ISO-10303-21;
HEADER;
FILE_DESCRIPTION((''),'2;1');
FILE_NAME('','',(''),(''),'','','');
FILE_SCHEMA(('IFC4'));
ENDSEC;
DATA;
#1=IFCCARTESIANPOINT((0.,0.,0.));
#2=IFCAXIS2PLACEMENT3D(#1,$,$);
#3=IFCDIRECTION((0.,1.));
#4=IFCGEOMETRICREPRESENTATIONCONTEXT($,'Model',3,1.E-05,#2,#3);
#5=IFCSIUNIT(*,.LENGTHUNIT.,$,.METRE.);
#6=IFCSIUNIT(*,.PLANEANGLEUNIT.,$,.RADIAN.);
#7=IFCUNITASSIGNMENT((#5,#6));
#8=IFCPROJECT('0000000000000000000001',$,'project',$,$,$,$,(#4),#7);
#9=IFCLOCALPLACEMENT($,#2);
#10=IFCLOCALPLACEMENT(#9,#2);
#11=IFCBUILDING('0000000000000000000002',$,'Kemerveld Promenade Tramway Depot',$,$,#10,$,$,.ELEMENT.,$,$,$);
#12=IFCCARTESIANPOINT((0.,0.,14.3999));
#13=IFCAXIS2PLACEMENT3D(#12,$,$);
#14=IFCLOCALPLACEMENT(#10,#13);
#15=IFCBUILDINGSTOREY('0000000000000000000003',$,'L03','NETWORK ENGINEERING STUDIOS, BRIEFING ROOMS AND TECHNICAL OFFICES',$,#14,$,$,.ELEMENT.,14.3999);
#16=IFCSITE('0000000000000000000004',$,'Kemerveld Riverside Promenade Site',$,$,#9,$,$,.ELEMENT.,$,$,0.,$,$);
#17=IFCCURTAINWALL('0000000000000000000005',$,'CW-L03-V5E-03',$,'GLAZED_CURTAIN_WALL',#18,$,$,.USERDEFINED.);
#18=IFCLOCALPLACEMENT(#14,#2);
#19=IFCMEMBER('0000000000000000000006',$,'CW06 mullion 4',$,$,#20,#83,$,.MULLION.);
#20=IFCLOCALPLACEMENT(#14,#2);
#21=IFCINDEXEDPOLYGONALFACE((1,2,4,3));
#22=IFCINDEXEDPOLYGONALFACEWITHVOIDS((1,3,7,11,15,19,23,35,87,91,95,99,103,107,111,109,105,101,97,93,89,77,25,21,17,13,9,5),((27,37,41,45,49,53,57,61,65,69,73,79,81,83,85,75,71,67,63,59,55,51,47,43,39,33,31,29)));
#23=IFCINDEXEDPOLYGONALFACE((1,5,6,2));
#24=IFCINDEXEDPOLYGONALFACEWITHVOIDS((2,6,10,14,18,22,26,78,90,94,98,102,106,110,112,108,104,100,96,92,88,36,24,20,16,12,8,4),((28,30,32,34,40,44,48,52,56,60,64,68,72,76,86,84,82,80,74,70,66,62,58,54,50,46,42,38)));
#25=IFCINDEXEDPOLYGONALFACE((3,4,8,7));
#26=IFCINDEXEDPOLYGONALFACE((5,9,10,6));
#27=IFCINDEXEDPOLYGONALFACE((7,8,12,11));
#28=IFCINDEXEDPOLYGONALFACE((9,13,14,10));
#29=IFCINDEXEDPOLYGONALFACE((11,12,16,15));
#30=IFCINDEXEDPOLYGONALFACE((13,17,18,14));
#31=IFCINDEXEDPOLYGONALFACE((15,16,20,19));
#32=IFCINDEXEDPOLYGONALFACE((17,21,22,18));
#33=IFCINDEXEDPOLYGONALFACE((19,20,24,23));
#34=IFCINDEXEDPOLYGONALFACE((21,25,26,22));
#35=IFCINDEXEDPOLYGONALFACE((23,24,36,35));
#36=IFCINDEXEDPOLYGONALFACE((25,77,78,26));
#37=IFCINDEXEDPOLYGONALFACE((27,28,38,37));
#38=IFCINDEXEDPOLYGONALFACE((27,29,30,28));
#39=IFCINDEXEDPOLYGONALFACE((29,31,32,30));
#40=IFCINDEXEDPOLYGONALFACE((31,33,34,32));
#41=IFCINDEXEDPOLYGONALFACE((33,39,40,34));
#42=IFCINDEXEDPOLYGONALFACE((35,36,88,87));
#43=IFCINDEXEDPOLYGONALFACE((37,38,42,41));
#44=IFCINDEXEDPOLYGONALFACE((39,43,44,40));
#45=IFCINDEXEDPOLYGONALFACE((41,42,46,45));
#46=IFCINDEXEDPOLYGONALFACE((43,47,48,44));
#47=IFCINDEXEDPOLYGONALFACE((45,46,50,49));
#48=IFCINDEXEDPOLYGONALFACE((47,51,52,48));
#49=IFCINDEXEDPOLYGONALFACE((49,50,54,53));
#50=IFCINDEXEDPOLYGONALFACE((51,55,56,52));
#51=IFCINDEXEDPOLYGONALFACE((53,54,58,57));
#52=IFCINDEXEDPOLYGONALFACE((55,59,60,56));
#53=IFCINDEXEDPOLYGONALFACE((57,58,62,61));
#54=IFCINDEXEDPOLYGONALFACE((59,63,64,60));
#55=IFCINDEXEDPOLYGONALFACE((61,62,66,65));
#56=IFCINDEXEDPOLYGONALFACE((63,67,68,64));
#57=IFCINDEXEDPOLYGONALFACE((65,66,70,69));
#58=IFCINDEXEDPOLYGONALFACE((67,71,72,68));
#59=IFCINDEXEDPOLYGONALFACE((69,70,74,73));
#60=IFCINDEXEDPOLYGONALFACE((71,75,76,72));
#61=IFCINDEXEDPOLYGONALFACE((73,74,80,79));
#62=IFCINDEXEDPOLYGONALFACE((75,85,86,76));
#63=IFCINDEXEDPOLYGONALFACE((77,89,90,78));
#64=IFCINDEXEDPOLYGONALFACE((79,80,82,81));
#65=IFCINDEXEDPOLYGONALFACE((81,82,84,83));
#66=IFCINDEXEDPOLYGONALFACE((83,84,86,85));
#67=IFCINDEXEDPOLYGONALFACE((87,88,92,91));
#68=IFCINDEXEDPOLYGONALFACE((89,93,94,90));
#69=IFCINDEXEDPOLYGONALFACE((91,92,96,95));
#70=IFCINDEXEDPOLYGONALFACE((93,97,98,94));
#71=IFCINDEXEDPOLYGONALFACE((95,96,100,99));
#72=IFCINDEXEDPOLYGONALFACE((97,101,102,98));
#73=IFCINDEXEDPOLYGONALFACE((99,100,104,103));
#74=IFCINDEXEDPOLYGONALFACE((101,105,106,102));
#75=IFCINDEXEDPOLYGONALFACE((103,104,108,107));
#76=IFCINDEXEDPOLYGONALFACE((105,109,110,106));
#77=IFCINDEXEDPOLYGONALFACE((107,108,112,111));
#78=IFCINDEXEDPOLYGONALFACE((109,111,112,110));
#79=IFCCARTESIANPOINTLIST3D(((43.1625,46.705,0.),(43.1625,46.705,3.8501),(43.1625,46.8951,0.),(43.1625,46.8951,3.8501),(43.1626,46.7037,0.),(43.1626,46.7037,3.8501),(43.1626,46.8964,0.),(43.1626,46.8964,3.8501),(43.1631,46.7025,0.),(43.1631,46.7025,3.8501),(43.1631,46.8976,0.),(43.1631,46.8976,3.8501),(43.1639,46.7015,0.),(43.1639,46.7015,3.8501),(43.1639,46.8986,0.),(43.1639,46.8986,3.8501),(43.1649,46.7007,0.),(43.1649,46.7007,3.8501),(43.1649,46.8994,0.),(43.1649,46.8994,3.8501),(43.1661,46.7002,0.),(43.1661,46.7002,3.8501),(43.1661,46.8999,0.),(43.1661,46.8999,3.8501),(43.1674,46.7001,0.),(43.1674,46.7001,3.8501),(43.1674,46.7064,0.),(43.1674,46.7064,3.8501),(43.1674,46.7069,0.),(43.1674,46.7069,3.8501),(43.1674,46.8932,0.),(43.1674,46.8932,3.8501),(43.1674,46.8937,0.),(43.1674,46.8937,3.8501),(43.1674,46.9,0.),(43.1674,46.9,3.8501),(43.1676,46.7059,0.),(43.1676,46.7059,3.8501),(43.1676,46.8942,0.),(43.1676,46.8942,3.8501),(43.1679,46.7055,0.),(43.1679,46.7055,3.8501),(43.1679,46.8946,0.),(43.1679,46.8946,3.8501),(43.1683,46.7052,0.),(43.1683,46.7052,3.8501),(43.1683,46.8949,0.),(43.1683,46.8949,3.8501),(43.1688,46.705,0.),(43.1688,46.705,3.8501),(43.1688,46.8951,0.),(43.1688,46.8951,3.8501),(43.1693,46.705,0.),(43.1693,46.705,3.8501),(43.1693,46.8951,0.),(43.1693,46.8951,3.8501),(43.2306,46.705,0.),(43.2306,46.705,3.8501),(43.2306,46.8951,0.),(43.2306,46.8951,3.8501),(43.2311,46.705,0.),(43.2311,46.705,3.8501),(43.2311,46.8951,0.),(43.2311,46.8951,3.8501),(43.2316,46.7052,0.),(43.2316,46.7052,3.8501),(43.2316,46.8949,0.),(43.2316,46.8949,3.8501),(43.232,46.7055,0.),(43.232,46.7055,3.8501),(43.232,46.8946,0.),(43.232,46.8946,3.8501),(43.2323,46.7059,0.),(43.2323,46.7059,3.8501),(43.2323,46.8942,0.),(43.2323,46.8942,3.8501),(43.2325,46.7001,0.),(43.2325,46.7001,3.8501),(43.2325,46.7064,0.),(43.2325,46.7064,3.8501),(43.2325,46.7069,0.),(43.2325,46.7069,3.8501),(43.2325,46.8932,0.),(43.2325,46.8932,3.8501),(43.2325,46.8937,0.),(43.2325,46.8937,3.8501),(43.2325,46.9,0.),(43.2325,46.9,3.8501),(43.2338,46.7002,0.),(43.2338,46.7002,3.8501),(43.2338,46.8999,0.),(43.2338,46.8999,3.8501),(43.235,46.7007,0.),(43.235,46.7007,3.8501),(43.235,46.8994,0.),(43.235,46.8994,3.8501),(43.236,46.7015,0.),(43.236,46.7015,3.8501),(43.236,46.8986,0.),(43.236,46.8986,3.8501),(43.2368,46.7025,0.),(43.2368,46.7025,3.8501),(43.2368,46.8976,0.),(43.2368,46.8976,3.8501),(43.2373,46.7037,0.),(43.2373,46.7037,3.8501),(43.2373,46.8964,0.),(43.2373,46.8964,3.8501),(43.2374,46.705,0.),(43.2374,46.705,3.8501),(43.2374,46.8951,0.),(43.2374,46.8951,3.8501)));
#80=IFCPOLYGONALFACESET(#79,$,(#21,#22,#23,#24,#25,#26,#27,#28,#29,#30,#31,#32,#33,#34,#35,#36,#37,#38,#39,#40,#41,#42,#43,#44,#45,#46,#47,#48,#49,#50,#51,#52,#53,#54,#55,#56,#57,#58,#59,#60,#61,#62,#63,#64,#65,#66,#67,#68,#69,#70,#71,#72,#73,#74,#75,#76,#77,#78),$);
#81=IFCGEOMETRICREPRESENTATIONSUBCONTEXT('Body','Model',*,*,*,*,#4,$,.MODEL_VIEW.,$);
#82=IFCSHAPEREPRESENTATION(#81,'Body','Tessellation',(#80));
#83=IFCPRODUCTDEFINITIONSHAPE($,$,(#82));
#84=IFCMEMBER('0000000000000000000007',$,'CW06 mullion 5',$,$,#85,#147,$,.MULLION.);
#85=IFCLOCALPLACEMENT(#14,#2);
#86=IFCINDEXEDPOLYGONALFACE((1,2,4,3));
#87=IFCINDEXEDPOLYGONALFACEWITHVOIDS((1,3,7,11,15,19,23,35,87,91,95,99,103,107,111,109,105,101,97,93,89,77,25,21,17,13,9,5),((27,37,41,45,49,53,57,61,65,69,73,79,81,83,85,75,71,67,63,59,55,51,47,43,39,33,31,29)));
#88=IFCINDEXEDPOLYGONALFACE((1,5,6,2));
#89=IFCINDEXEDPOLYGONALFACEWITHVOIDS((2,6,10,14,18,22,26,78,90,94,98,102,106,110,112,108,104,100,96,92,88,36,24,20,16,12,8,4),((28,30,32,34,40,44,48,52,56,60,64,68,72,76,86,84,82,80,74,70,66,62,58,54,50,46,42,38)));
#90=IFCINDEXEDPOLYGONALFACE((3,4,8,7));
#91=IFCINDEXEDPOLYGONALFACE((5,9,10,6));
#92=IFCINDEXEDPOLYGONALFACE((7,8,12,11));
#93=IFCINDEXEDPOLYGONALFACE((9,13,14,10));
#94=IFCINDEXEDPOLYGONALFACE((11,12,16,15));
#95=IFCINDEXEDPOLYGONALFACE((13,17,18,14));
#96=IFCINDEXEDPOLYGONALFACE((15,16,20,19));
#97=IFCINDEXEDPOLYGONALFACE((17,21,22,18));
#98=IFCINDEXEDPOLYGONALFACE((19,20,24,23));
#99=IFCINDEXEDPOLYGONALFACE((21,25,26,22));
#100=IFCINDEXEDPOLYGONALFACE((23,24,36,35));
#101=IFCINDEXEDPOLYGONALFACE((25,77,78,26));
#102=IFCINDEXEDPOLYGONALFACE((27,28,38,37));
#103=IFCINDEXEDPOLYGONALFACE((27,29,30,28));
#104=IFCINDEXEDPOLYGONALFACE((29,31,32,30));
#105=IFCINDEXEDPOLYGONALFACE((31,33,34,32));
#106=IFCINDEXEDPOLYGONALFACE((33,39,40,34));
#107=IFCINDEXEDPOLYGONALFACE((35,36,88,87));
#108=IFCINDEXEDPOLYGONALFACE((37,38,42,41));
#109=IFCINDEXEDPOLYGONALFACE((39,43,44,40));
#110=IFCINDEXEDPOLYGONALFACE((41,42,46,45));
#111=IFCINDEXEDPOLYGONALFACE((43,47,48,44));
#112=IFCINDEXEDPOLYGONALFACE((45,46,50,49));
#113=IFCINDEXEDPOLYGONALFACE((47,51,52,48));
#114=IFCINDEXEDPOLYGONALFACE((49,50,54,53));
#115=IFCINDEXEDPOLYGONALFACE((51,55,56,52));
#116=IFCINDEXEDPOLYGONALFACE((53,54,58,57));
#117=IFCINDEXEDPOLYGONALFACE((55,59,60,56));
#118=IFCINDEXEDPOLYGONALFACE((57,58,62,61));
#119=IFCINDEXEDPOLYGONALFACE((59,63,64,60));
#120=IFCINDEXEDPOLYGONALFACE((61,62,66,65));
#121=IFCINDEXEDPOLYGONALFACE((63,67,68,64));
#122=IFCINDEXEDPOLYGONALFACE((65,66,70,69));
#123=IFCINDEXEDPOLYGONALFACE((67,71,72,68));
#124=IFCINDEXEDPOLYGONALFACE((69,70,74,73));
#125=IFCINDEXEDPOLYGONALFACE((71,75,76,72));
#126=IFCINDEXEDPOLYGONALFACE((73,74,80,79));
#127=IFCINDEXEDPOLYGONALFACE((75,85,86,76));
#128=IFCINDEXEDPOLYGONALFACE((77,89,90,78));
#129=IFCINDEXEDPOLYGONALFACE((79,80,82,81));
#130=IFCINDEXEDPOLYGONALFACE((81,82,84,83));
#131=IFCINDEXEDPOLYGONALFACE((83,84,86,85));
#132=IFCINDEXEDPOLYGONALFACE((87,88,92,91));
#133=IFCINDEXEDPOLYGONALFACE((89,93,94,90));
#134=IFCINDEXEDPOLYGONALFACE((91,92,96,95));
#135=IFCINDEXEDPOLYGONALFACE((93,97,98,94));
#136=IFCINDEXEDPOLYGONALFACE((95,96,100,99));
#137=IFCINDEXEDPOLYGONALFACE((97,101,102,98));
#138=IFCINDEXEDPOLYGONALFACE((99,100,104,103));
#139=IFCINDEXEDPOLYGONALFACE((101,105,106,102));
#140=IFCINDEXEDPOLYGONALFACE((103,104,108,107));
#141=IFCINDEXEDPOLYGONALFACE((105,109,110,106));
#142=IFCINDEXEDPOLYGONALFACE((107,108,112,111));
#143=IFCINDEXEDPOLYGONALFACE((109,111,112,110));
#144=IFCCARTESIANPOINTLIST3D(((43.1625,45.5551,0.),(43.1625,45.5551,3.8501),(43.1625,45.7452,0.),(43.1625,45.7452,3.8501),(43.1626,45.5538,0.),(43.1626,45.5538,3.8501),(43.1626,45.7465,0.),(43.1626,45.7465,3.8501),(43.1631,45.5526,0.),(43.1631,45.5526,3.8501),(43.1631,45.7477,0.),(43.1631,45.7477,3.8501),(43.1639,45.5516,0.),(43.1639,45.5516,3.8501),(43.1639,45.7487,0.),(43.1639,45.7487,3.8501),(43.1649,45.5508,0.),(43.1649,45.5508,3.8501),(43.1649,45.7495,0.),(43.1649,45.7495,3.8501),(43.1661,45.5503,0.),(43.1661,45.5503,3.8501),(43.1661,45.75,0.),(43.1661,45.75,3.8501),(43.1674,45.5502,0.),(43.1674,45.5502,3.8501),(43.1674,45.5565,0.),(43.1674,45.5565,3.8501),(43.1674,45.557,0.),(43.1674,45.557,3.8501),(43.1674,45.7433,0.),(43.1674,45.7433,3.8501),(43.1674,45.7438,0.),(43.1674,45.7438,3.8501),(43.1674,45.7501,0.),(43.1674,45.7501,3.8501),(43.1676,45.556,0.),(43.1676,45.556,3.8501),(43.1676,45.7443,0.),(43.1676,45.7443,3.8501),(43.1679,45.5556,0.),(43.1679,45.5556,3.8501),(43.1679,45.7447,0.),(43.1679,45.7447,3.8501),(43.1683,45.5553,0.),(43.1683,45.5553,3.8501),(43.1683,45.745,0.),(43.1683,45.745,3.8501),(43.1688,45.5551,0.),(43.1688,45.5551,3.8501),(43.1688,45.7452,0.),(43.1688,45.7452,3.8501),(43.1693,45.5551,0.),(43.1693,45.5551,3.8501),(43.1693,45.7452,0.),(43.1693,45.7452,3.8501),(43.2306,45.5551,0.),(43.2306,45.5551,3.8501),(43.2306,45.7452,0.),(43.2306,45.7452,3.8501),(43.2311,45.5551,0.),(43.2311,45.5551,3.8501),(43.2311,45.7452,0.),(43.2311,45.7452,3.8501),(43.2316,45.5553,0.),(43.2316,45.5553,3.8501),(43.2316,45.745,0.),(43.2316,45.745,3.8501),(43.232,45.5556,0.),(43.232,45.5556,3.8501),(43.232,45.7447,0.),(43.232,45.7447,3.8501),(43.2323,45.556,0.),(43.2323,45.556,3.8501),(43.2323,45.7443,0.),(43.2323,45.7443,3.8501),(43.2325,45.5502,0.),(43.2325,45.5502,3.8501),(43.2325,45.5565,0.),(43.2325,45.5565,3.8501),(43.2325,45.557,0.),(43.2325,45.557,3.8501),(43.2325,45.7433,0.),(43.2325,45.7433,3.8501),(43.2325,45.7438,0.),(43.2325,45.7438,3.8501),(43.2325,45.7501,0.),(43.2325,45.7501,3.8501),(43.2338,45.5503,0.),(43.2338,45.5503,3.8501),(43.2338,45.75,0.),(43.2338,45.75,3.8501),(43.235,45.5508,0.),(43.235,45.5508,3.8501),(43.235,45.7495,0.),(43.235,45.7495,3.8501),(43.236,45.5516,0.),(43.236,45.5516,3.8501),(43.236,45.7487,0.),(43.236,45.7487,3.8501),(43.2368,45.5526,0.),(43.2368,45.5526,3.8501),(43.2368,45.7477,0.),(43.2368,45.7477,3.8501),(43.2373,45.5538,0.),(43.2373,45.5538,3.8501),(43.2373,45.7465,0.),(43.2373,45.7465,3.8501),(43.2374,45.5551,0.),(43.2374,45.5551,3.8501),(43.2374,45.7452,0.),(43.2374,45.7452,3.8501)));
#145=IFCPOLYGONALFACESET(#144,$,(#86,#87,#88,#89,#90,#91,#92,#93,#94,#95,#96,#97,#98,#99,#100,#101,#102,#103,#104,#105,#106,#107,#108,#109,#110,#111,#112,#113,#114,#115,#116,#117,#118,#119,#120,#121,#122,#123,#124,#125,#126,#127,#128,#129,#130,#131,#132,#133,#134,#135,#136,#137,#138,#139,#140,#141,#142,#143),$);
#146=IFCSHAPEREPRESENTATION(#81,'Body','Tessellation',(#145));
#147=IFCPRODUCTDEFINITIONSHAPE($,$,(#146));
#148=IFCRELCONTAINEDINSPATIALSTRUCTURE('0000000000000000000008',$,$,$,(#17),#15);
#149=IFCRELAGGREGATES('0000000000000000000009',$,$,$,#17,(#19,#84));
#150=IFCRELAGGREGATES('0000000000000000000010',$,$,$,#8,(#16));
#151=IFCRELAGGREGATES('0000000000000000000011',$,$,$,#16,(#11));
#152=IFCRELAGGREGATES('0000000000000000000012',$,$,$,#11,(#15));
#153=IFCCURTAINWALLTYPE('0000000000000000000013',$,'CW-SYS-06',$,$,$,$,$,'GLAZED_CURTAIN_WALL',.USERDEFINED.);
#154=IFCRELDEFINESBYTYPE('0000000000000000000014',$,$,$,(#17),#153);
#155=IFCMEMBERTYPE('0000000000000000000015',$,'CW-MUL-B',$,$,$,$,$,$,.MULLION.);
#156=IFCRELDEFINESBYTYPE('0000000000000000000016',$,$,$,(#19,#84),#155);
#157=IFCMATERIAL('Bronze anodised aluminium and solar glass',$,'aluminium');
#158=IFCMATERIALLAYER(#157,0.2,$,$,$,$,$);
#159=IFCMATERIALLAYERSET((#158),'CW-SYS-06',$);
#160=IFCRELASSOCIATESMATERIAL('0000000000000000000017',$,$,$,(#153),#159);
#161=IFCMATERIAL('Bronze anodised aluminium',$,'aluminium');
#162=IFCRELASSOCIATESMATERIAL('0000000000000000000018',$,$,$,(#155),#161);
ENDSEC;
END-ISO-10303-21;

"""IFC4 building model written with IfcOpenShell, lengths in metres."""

from ifc_helpers import new_model, si_unit, direction, frame, origin, origin_2d, place, context, subcontext, project, spatial, hollow_rectangle, extrude, material, layer, layer_set, material_profile, profile_set, type_object, element, aggregate, save


model = new_model("IFC4")

# Units and contexts
model_context = context("Model", 3, precision=1e-05, world=origin(), true_north=direction((0.0, 1.0)))
body_context = subcontext(model_context, "Body", "Model", "MODEL_VIEW")
ifc_project = project(units=[si_unit("LENGTHUNIT", "METRE"), si_unit("PLANEANGLEUNIT", "RADIAN")], contexts=[model_context])

# Site, building, storey
site_placement = place(None, origin())
site = spatial("IfcSite", under=ifc_project, at=site_placement, Name="Kemerveld Riverside Promenade Site", CompositionType="ELEMENT", RefElevation=0.0)
building_placement = place(site_placement, origin())
building = spatial("IfcBuilding", under=site, at=building_placement, Name="Kemerveld Promenade Tramway Depot", CompositionType="ELEMENT")
storey_placement = place(building_placement, frame((0.0, 0.0, 14.3999)))
storey = spatial("IfcBuildingStorey", under=building, at=storey_placement, Name="L03", Description="NETWORK ENGINEERING STUDIOS, BRIEFING ROOMS AND TECHNICAL OFFICES", CompositionType="ELEMENT", Elevation=14.3999)

# Curtain wall, members
ifc_material_1 = material(Name="Bronze anodised aluminium and solar glass", Category="aluminium")
ifc_layer_1 = layer(ifc_material_1, 0.2)
ifc_layer_set_1 = layer_set([ifc_layer_1], Name="CW-SYS-06")
curtain_wall_type = type_object("IfcCurtainWallType", Name="CW-SYS-06", ElementType="GLAZED_CURTAIN_WALL", PredefinedType="USERDEFINED", material=ifc_layer_set_1)
curtain_wall_placement = place(storey_placement, origin())
curtain_wall = element("IfcCurtainWall", 1, at=curtain_wall_placement, inside=storey, type_object=curtain_wall_type, Name="CW-L03-V5E-03", ObjectType="GLAZED_CURTAIN_WALL", PredefinedType="USERDEFINED")
ifc_material_2 = material(Name="Bronze anodised aluminium", Category="aluminium")
ifc_material_profile_1 = material_profile(ifc_material_2, hollow_rectangle(XDim=0.075, YDim=0.2, WallThickness=0.0049, InnerFilletRadius=0.002, OuterFilletRadius=0.0049, at=origin_2d()), Name="CW-MUL-200x75")
ifc_profile_set_1 = profile_set([ifc_material_profile_1], Name="Bronze anodised aluminium")
member_type_1 = type_object("IfcMemberType", Name="CW-MUL-B", PredefinedType="MULLION", material=ifc_profile_set_1)
member_1_placement = place(storey_placement, frame((43.2, 46.8, 0.0), z_axis=(0.0, 0.0, 1.0), x_axis=(1.0, 0.0, 0.0)))
member_1 = element("IfcMember", 2, at=member_1_placement, type_object=member_type_1, Name="CW06 mullion 4", PredefinedType="MULLION", context=body_context, shape_type="SweptSolid", body=[
    extrude(hollow_rectangle(XDim=0.075, YDim=0.2, WallThickness=0.0049, InnerFilletRadius=0.002, OuterFilletRadius=0.0049, at=origin_2d()), origin(), (0.0, 0.0, 1.0), 3.8501),
])
member_2_placement = place(storey_placement, frame((43.2, 45.6501, 0.0), z_axis=(0.0, 0.0, 1.0), x_axis=(1.0, 0.0, 0.0)))
member_2 = element("IfcMember", 3, at=member_2_placement, type_object=member_type_1, Name="CW06 mullion 5", PredefinedType="MULLION", context=body_context, shape_type="SweptSolid", body=[
    extrude(hollow_rectangle(XDim=0.075, YDim=0.2, WallThickness=0.0049, InnerFilletRadius=0.002, OuterFilletRadius=0.0049, at=origin_2d()), origin(), (0.0, 0.0, 1.0), 3.8501),
])
aggregate(curtain_wall, [member_1, member_2])

save(model, "model.ifc")
